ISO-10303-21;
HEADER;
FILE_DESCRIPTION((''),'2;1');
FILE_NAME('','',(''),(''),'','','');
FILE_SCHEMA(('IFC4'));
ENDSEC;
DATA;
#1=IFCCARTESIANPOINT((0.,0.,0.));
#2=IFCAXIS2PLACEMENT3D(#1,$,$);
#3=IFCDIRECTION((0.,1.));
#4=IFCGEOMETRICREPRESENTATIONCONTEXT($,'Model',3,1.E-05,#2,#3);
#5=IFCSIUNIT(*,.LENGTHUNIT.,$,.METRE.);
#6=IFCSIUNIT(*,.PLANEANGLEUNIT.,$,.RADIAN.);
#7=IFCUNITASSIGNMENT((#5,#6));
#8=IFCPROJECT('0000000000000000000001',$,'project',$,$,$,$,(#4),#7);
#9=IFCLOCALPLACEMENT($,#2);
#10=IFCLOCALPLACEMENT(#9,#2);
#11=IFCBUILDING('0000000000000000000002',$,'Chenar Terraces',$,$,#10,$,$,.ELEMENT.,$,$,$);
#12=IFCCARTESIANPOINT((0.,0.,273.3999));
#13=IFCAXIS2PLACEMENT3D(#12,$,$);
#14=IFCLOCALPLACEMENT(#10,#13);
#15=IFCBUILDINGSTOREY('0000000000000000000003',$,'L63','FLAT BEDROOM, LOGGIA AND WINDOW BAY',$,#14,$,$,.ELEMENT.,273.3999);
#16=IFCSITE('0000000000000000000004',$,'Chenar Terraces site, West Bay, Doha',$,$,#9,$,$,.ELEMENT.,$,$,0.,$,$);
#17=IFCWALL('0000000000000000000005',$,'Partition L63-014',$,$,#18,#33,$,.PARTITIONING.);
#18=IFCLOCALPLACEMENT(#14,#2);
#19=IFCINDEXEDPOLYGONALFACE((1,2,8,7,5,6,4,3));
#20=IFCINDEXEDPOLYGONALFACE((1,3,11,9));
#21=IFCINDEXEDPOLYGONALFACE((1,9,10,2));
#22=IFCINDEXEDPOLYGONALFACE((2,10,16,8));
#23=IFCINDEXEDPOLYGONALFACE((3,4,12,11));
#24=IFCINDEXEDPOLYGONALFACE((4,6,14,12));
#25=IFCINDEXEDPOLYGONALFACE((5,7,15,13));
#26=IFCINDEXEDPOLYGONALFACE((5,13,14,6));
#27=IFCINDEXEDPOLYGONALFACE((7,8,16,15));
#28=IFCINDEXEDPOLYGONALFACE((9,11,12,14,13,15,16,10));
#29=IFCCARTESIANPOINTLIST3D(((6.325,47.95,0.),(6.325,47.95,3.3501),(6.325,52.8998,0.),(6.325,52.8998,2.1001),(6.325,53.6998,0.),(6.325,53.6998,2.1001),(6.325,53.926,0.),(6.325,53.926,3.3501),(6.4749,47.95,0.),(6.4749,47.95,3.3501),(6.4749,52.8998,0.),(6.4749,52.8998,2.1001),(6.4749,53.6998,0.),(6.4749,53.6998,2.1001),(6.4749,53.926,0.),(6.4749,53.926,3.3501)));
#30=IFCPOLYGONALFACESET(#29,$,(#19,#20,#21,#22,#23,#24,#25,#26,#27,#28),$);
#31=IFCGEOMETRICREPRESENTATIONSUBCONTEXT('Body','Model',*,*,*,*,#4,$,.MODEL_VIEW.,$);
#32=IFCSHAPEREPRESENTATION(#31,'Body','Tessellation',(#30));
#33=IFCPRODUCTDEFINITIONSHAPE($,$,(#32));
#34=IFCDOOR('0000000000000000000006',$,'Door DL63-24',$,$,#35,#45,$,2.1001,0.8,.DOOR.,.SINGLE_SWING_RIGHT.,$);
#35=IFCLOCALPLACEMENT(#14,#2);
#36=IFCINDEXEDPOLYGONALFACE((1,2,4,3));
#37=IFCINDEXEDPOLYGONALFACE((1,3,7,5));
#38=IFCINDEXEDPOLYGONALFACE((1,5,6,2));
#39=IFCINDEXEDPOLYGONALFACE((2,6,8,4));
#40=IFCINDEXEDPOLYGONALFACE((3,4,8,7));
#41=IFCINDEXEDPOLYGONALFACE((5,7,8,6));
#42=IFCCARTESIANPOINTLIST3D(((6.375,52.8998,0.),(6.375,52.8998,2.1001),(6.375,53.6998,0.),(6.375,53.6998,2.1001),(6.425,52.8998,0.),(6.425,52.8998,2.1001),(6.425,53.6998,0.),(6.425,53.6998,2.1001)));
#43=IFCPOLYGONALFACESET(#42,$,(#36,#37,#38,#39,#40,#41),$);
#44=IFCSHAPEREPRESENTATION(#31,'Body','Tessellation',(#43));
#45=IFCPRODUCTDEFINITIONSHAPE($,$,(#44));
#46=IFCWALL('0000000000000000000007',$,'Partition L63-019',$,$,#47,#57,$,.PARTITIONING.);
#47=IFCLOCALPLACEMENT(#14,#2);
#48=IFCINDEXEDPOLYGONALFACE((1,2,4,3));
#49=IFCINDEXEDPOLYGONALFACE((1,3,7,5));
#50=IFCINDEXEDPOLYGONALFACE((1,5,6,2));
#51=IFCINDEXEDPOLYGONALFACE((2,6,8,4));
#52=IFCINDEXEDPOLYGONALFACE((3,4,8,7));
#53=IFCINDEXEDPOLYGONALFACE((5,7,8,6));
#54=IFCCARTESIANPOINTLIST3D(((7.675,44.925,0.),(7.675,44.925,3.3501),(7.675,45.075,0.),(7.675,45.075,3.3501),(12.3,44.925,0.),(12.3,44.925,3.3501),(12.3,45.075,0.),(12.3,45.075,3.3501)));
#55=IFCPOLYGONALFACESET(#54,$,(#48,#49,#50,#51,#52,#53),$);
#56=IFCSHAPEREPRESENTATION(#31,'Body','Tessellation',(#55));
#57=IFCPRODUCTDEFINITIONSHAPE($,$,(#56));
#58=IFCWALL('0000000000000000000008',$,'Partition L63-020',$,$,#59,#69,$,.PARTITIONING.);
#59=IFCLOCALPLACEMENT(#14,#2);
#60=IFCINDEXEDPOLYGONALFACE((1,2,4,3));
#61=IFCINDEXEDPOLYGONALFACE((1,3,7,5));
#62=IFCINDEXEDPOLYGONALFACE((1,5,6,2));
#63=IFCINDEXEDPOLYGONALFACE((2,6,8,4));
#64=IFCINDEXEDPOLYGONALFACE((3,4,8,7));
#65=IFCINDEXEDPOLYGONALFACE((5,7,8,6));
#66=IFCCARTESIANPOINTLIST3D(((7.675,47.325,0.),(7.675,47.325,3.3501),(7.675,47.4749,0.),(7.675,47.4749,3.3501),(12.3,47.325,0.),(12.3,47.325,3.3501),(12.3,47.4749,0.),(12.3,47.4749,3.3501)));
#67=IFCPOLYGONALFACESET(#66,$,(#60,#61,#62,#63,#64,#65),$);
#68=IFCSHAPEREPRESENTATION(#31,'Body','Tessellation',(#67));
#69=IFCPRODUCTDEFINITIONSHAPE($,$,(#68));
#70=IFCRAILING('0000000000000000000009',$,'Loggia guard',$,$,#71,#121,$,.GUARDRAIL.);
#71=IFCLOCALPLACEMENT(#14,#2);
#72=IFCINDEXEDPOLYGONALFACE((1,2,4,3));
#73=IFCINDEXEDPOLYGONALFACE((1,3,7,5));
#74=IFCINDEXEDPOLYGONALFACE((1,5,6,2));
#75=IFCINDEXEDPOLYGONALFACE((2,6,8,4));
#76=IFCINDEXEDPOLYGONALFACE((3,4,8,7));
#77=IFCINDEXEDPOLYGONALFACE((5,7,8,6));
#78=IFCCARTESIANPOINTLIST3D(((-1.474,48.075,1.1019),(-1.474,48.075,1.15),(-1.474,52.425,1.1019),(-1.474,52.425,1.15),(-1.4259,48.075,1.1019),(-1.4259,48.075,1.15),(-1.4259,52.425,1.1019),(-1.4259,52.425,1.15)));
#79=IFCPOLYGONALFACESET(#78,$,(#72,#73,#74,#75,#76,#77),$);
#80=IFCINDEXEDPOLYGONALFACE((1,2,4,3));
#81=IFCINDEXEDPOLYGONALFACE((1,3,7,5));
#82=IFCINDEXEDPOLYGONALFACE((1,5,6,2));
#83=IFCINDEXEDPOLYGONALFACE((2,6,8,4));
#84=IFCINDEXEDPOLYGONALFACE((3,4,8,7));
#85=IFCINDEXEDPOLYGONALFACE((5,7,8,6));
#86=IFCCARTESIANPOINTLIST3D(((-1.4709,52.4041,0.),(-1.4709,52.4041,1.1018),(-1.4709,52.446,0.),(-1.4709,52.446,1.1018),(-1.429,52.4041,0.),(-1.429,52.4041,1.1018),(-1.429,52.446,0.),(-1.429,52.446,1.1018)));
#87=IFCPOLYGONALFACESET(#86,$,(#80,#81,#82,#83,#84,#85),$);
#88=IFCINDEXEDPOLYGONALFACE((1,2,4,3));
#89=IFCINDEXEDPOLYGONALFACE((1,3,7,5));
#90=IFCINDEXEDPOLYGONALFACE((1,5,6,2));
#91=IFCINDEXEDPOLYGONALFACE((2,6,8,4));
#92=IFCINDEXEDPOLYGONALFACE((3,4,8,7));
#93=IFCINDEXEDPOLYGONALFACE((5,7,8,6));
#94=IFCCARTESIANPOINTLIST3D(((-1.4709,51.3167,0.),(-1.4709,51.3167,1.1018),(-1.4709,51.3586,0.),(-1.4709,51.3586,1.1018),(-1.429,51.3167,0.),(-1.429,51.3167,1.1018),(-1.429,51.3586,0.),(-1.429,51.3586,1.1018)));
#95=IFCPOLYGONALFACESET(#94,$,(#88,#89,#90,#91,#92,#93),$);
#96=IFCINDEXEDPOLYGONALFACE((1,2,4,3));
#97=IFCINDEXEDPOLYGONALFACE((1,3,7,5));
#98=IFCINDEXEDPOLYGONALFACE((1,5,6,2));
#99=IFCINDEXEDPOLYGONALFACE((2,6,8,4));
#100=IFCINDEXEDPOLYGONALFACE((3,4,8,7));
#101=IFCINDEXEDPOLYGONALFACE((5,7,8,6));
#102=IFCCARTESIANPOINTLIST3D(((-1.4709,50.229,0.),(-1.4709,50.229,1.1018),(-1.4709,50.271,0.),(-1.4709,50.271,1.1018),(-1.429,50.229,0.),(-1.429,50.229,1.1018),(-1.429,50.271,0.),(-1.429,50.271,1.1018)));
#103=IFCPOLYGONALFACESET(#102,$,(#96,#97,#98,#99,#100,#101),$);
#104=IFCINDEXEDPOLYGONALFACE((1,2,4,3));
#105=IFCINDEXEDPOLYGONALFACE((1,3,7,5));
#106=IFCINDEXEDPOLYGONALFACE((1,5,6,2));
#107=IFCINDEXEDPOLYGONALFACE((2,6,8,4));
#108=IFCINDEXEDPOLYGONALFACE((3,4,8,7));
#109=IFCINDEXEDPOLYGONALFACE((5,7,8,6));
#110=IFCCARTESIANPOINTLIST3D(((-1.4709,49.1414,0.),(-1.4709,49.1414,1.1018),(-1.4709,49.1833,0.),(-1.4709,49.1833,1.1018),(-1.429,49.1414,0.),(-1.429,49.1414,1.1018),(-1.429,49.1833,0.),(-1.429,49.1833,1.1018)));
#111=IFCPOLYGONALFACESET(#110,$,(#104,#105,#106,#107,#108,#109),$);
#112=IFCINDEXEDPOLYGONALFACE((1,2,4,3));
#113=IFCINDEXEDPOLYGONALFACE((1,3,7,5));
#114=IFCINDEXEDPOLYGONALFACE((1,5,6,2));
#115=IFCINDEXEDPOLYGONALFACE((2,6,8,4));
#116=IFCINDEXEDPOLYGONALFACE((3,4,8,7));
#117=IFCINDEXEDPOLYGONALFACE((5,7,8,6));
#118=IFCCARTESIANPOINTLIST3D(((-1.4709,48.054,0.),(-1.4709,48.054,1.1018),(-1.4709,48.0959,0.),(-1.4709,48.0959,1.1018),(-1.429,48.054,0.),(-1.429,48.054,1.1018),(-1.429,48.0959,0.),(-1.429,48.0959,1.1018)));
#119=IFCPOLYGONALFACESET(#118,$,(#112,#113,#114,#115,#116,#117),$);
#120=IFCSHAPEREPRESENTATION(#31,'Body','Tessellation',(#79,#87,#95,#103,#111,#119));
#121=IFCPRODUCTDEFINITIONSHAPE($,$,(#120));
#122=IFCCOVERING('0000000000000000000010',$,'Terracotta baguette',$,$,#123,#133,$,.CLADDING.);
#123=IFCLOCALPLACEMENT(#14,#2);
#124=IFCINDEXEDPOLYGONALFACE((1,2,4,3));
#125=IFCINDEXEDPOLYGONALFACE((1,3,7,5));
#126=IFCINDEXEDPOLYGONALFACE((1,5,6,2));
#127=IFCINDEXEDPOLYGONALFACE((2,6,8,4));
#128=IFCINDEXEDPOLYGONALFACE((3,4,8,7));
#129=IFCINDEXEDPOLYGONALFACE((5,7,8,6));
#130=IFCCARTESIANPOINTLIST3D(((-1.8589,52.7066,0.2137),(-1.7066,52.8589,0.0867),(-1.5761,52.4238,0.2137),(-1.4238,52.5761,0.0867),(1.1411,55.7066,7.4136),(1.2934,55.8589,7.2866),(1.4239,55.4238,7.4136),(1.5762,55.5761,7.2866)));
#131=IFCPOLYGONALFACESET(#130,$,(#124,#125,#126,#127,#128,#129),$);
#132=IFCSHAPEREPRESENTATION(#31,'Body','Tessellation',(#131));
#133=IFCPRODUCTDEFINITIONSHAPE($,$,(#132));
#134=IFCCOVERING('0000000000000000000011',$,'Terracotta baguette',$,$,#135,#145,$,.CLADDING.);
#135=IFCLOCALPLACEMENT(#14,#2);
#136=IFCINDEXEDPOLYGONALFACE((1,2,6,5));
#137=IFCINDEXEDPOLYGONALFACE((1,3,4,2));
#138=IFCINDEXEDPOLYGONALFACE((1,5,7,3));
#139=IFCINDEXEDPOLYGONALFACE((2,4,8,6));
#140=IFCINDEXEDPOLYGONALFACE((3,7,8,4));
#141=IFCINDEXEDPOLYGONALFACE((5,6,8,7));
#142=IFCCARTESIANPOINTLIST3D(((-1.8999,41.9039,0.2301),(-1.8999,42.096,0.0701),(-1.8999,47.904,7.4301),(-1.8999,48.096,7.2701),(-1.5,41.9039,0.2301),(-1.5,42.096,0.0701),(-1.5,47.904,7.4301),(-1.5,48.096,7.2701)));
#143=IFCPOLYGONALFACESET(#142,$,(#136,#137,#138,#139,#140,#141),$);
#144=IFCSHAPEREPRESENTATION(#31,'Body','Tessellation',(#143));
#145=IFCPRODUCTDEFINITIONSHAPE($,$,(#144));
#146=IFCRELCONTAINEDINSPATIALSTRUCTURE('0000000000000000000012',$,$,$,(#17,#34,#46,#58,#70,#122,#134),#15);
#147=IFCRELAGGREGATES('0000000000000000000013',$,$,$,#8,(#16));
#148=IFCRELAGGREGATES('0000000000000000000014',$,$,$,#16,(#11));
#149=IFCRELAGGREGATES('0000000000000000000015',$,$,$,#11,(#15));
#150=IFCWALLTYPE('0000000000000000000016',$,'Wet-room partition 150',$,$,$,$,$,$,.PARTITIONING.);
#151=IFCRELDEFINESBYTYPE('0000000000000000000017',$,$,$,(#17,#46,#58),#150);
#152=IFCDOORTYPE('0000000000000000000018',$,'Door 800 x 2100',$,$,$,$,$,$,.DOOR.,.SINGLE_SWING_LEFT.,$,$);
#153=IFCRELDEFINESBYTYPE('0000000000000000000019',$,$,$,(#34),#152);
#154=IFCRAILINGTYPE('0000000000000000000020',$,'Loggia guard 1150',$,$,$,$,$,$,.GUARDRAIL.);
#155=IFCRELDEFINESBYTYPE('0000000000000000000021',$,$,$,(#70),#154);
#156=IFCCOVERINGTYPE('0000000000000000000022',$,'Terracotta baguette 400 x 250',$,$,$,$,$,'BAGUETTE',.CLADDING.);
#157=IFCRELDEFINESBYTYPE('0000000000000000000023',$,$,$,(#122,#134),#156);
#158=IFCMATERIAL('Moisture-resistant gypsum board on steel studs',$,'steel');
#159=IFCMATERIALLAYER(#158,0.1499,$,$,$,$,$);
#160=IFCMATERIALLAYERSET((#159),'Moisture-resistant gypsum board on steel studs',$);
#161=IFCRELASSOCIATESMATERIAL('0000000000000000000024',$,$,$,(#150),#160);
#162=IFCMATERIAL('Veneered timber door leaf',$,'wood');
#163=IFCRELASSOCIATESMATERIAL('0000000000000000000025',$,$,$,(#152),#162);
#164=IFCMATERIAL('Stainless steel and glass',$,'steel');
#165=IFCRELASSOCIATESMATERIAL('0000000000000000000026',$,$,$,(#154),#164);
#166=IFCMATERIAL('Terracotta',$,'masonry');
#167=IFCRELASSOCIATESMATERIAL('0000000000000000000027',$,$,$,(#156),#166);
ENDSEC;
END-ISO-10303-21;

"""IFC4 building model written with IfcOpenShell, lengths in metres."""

from ifc_helpers import new_model, si_unit, direction, frame, frame_2d, origin, origin_2d, place, context, subcontext, project, spatial, rectangle, extrude, material, layer, layer_set, material_profile, profile_set, type_object, element, fill, save


model = new_model("IFC4")

# Units and contexts
model_context = context("Model", 3, precision=1e-05, world=origin(), true_north=direction((0.0, 1.0)))
body_context = subcontext(model_context, "Body", "Model", "MODEL_VIEW")
ifc_project = project(units=[si_unit("LENGTHUNIT", "METRE"), si_unit("PLANEANGLEUNIT", "RADIAN")], contexts=[model_context])

# Site, building, storey
site_placement = place(None, origin())
site = spatial("IfcSite", under=ifc_project, at=site_placement, Name="Chenar Terraces site, West Bay, Doha", CompositionType="ELEMENT", RefElevation=0.0)
building_placement = place(site_placement, origin())
building = spatial("IfcBuilding", under=site, at=building_placement, Name="Chenar Terraces", CompositionType="ELEMENT")
storey_placement = place(building_placement, frame((0.0, 0.0, 273.3999)))
storey = spatial("IfcBuildingStorey", under=building, at=storey_placement, Name="L63", Description="FLAT BEDROOM, LOGGIA AND WINDOW BAY", CompositionType="ELEMENT", Elevation=273.3999)

# Shared definitions
ifc_material_1 = material(Name="Moisture-resistant gypsum board on steel studs", Category="steel")
ifc_layer_1 = layer(ifc_material_1, 0.1499)
ifc_layer_set_1 = layer_set([ifc_layer_1], Name="Moisture-resistant gypsum board on steel studs")
wall_type_1 = type_object("IfcWallType", Name="Wet-room partition 150", PredefinedType="PARTITIONING", material=ifc_layer_set_1)

# Shared definitions
ifc_material_2 = material(Name="Veneered timber door leaf", Category="wood")
door_type_1 = type_object("IfcDoorType", Name="Door 800 x 2100", OperationType="SINGLE_SWING_LEFT", PredefinedType="DOOR", material=ifc_material_2)

# Wall, opening, door
wall_1_placement = place(storey_placement, frame((6.3999, 47.95, 0.0), z_axis=(0.0, 0.0, 1.0), x_axis=(0.0, 1.0, 0.0)))
wall_1 = element("IfcWall", 1, at=wall_1_placement, inside=storey, type_object=wall_type_1, Name="Partition L63-014", PredefinedType="PARTITIONING", context=body_context, shape_type="SweptSolid", body=[
    extrude(rectangle(XDim=5.9761, YDim=0.1499, at=frame_2d((2.988, 0.0))), origin(), (0.0, 0.0, 1.0), 3.3501),
])
opening_1_placement = place(wall_1_placement, frame((4.95, 0.0, 0.0)))
opening_1 = element("IfcOpeningElement", 2, at=opening_1_placement, cuts=wall_1, PredefinedType="OPENING", context=body_context, shape_type="SweptSolid", body=[
    extrude(rectangle(XDim=0.8, YDim=2.1001, at=frame_2d((0.3999, 1.05))), frame((0.0, 0.085, 0.0), z_axis=(0.0, -1.0, 0.0), x_axis=(1.0, 0.0, 0.0)), (0.0, 0.0, 1.0), 0.1699),
])
door_1_placement = place(opening_1_placement, origin())
door_1 = element("IfcDoor", 3, at=door_1_placement, inside=storey, type_object=door_type_1, Name="Door DL63-24", OperationType="SINGLE_SWING_RIGHT", OverallHeight=2.1001, OverallWidth=0.8, PredefinedType="DOOR", context=body_context, shape_type="SweptSolid", body=[
    extrude(rectangle(XDim=0.8, YDim=2.1001, at=frame_2d((0.3999, 1.05))), frame((0.0, 0.0249, 0.0), z_axis=(0.0, -1.0, 0.0), x_axis=(1.0, 0.0, 0.0)), (0.0, 0.0, 1.0), 0.05),
])
fill(opening_1, door_1)

# Walls
for number, where, z_axis, x_axis, name in (
    (4, (7.675, 45.0, 0.0), (0.0, 0.0, 1.0), (1.0, 0.0, 0.0), "Partition L63-019"),
    (5, (7.675, 47.3999, 0.0), (0.0, 0.0, 1.0), (1.0, 0.0, 0.0), "Partition L63-020"),
):
    element("IfcWall", number, at=place(storey_placement, frame(where, z_axis=z_axis, x_axis=x_axis)), inside=storey, type_object=wall_type_1, Name=name, PredefinedType="PARTITIONING", context=body_context, shape_type="SweptSolid", body=[
        extrude(rectangle(XDim=4.625, YDim=0.1499, at=frame_2d((2.3125, 0.0))), origin(), (0.0, 0.0, 1.0), 3.3501),
    ])

# Railing
ifc_material_3 = material(Name="Stainless steel and glass", Category="steel")
railing_type = type_object("IfcRailingType", Name="Loggia guard 1150", PredefinedType="GUARDRAIL", material=ifc_material_3)
railing_placement = place(storey_placement, frame((-1.45, 52.425, 0.0)))
element("IfcRailing", 6, at=railing_placement, inside=storey, type_object=railing_type, Name="Loggia guard", PredefinedType="GUARDRAIL", context=body_context, shape_type="SweptSolid", body=[
    extrude(rectangle(XDim=0.0481, YDim=0.0481, at=origin_2d()), frame((0.0, 0.0, 1.126), z_axis=(0.0, -1.0, 0.0), x_axis=(1.0, 0.0, 0.0)), (0.0, 0.0, 1.0), 4.3501),
    extrude(rectangle(XDim=0.042, YDim=0.042, at=origin_2d()), origin(), (0.0, 0.0, 1.0), 1.1018),
    extrude(rectangle(XDim=0.042, YDim=0.042, at=origin_2d()), frame((0.0, -1.0874, 0.0)), (0.0, 0.0, 1.0), 1.1018),
    extrude(rectangle(XDim=0.042, YDim=0.042, at=origin_2d()), frame((0.0, -2.175, 0.0)), (0.0, 0.0, 1.0), 1.1018),
    extrude(rectangle(XDim=0.042, YDim=0.042, at=origin_2d()), frame((0.0, -3.2627, 0.0)), (0.0, 0.0, 1.0), 1.1018),
    extrude(rectangle(XDim=0.042, YDim=0.042, at=origin_2d()), frame((0.0, -4.3501, 0.0)), (0.0, 0.0, 1.0), 1.1018),
])

# Coverings
ifc_material_4 = material(Name="Terracotta", Category="masonry")
ifc_material_profile_1 = material_profile(ifc_material_4, rectangle(XDim=0.3999, YDim=0.25, at=origin_2d()), Name="Terracotta baguette 400 x 250")
ifc_profile_set_1 = profile_set([ifc_material_profile_1], Name="Terracotta")
covering_type = type_object("IfcCoveringType", Name="Terracotta baguette 400 x 250", ElementType="BAGUETTE", PredefinedType="CLADDING", material=ifc_profile_set_1)
covering_1_placement = place(storey_placement, frame((1.3586, 55.6414, 7.3501), z_axis=(-0.358981, -0.358981, -0.861548), x_axis=(0.707107, -0.707107, 0.0)))
element("IfcCovering", 7, at=covering_1_placement, inside=storey, type_object=covering_type, Name="Terracotta baguette", PredefinedType="CLADDING", context=body_context, shape_type="SweptSolid", body=[
    extrude(rectangle(XDim=0.3999, YDim=0.25, at=origin_2d()), origin(), (0.0, 0.0, 1.0), 8.3569),
])
covering_2_placement = place(storey_placement, frame((-1.7, 48.0, 7.3501), z_axis=(0.0, -0.640187, -0.768219), x_axis=(1.0, 0.0, 0.0)))
element("IfcCovering", 8, at=covering_2_placement, inside=storey, type_object=covering_type, Name="Terracotta baguette", PredefinedType="CLADDING", context=body_context, shape_type="SweptSolid", body=[
    extrude(rectangle(XDim=0.3999, YDim=0.25, at=origin_2d()), origin(), (0.0, 0.0, 1.0), 9.3723),
])

save(model, "model.ifc")
